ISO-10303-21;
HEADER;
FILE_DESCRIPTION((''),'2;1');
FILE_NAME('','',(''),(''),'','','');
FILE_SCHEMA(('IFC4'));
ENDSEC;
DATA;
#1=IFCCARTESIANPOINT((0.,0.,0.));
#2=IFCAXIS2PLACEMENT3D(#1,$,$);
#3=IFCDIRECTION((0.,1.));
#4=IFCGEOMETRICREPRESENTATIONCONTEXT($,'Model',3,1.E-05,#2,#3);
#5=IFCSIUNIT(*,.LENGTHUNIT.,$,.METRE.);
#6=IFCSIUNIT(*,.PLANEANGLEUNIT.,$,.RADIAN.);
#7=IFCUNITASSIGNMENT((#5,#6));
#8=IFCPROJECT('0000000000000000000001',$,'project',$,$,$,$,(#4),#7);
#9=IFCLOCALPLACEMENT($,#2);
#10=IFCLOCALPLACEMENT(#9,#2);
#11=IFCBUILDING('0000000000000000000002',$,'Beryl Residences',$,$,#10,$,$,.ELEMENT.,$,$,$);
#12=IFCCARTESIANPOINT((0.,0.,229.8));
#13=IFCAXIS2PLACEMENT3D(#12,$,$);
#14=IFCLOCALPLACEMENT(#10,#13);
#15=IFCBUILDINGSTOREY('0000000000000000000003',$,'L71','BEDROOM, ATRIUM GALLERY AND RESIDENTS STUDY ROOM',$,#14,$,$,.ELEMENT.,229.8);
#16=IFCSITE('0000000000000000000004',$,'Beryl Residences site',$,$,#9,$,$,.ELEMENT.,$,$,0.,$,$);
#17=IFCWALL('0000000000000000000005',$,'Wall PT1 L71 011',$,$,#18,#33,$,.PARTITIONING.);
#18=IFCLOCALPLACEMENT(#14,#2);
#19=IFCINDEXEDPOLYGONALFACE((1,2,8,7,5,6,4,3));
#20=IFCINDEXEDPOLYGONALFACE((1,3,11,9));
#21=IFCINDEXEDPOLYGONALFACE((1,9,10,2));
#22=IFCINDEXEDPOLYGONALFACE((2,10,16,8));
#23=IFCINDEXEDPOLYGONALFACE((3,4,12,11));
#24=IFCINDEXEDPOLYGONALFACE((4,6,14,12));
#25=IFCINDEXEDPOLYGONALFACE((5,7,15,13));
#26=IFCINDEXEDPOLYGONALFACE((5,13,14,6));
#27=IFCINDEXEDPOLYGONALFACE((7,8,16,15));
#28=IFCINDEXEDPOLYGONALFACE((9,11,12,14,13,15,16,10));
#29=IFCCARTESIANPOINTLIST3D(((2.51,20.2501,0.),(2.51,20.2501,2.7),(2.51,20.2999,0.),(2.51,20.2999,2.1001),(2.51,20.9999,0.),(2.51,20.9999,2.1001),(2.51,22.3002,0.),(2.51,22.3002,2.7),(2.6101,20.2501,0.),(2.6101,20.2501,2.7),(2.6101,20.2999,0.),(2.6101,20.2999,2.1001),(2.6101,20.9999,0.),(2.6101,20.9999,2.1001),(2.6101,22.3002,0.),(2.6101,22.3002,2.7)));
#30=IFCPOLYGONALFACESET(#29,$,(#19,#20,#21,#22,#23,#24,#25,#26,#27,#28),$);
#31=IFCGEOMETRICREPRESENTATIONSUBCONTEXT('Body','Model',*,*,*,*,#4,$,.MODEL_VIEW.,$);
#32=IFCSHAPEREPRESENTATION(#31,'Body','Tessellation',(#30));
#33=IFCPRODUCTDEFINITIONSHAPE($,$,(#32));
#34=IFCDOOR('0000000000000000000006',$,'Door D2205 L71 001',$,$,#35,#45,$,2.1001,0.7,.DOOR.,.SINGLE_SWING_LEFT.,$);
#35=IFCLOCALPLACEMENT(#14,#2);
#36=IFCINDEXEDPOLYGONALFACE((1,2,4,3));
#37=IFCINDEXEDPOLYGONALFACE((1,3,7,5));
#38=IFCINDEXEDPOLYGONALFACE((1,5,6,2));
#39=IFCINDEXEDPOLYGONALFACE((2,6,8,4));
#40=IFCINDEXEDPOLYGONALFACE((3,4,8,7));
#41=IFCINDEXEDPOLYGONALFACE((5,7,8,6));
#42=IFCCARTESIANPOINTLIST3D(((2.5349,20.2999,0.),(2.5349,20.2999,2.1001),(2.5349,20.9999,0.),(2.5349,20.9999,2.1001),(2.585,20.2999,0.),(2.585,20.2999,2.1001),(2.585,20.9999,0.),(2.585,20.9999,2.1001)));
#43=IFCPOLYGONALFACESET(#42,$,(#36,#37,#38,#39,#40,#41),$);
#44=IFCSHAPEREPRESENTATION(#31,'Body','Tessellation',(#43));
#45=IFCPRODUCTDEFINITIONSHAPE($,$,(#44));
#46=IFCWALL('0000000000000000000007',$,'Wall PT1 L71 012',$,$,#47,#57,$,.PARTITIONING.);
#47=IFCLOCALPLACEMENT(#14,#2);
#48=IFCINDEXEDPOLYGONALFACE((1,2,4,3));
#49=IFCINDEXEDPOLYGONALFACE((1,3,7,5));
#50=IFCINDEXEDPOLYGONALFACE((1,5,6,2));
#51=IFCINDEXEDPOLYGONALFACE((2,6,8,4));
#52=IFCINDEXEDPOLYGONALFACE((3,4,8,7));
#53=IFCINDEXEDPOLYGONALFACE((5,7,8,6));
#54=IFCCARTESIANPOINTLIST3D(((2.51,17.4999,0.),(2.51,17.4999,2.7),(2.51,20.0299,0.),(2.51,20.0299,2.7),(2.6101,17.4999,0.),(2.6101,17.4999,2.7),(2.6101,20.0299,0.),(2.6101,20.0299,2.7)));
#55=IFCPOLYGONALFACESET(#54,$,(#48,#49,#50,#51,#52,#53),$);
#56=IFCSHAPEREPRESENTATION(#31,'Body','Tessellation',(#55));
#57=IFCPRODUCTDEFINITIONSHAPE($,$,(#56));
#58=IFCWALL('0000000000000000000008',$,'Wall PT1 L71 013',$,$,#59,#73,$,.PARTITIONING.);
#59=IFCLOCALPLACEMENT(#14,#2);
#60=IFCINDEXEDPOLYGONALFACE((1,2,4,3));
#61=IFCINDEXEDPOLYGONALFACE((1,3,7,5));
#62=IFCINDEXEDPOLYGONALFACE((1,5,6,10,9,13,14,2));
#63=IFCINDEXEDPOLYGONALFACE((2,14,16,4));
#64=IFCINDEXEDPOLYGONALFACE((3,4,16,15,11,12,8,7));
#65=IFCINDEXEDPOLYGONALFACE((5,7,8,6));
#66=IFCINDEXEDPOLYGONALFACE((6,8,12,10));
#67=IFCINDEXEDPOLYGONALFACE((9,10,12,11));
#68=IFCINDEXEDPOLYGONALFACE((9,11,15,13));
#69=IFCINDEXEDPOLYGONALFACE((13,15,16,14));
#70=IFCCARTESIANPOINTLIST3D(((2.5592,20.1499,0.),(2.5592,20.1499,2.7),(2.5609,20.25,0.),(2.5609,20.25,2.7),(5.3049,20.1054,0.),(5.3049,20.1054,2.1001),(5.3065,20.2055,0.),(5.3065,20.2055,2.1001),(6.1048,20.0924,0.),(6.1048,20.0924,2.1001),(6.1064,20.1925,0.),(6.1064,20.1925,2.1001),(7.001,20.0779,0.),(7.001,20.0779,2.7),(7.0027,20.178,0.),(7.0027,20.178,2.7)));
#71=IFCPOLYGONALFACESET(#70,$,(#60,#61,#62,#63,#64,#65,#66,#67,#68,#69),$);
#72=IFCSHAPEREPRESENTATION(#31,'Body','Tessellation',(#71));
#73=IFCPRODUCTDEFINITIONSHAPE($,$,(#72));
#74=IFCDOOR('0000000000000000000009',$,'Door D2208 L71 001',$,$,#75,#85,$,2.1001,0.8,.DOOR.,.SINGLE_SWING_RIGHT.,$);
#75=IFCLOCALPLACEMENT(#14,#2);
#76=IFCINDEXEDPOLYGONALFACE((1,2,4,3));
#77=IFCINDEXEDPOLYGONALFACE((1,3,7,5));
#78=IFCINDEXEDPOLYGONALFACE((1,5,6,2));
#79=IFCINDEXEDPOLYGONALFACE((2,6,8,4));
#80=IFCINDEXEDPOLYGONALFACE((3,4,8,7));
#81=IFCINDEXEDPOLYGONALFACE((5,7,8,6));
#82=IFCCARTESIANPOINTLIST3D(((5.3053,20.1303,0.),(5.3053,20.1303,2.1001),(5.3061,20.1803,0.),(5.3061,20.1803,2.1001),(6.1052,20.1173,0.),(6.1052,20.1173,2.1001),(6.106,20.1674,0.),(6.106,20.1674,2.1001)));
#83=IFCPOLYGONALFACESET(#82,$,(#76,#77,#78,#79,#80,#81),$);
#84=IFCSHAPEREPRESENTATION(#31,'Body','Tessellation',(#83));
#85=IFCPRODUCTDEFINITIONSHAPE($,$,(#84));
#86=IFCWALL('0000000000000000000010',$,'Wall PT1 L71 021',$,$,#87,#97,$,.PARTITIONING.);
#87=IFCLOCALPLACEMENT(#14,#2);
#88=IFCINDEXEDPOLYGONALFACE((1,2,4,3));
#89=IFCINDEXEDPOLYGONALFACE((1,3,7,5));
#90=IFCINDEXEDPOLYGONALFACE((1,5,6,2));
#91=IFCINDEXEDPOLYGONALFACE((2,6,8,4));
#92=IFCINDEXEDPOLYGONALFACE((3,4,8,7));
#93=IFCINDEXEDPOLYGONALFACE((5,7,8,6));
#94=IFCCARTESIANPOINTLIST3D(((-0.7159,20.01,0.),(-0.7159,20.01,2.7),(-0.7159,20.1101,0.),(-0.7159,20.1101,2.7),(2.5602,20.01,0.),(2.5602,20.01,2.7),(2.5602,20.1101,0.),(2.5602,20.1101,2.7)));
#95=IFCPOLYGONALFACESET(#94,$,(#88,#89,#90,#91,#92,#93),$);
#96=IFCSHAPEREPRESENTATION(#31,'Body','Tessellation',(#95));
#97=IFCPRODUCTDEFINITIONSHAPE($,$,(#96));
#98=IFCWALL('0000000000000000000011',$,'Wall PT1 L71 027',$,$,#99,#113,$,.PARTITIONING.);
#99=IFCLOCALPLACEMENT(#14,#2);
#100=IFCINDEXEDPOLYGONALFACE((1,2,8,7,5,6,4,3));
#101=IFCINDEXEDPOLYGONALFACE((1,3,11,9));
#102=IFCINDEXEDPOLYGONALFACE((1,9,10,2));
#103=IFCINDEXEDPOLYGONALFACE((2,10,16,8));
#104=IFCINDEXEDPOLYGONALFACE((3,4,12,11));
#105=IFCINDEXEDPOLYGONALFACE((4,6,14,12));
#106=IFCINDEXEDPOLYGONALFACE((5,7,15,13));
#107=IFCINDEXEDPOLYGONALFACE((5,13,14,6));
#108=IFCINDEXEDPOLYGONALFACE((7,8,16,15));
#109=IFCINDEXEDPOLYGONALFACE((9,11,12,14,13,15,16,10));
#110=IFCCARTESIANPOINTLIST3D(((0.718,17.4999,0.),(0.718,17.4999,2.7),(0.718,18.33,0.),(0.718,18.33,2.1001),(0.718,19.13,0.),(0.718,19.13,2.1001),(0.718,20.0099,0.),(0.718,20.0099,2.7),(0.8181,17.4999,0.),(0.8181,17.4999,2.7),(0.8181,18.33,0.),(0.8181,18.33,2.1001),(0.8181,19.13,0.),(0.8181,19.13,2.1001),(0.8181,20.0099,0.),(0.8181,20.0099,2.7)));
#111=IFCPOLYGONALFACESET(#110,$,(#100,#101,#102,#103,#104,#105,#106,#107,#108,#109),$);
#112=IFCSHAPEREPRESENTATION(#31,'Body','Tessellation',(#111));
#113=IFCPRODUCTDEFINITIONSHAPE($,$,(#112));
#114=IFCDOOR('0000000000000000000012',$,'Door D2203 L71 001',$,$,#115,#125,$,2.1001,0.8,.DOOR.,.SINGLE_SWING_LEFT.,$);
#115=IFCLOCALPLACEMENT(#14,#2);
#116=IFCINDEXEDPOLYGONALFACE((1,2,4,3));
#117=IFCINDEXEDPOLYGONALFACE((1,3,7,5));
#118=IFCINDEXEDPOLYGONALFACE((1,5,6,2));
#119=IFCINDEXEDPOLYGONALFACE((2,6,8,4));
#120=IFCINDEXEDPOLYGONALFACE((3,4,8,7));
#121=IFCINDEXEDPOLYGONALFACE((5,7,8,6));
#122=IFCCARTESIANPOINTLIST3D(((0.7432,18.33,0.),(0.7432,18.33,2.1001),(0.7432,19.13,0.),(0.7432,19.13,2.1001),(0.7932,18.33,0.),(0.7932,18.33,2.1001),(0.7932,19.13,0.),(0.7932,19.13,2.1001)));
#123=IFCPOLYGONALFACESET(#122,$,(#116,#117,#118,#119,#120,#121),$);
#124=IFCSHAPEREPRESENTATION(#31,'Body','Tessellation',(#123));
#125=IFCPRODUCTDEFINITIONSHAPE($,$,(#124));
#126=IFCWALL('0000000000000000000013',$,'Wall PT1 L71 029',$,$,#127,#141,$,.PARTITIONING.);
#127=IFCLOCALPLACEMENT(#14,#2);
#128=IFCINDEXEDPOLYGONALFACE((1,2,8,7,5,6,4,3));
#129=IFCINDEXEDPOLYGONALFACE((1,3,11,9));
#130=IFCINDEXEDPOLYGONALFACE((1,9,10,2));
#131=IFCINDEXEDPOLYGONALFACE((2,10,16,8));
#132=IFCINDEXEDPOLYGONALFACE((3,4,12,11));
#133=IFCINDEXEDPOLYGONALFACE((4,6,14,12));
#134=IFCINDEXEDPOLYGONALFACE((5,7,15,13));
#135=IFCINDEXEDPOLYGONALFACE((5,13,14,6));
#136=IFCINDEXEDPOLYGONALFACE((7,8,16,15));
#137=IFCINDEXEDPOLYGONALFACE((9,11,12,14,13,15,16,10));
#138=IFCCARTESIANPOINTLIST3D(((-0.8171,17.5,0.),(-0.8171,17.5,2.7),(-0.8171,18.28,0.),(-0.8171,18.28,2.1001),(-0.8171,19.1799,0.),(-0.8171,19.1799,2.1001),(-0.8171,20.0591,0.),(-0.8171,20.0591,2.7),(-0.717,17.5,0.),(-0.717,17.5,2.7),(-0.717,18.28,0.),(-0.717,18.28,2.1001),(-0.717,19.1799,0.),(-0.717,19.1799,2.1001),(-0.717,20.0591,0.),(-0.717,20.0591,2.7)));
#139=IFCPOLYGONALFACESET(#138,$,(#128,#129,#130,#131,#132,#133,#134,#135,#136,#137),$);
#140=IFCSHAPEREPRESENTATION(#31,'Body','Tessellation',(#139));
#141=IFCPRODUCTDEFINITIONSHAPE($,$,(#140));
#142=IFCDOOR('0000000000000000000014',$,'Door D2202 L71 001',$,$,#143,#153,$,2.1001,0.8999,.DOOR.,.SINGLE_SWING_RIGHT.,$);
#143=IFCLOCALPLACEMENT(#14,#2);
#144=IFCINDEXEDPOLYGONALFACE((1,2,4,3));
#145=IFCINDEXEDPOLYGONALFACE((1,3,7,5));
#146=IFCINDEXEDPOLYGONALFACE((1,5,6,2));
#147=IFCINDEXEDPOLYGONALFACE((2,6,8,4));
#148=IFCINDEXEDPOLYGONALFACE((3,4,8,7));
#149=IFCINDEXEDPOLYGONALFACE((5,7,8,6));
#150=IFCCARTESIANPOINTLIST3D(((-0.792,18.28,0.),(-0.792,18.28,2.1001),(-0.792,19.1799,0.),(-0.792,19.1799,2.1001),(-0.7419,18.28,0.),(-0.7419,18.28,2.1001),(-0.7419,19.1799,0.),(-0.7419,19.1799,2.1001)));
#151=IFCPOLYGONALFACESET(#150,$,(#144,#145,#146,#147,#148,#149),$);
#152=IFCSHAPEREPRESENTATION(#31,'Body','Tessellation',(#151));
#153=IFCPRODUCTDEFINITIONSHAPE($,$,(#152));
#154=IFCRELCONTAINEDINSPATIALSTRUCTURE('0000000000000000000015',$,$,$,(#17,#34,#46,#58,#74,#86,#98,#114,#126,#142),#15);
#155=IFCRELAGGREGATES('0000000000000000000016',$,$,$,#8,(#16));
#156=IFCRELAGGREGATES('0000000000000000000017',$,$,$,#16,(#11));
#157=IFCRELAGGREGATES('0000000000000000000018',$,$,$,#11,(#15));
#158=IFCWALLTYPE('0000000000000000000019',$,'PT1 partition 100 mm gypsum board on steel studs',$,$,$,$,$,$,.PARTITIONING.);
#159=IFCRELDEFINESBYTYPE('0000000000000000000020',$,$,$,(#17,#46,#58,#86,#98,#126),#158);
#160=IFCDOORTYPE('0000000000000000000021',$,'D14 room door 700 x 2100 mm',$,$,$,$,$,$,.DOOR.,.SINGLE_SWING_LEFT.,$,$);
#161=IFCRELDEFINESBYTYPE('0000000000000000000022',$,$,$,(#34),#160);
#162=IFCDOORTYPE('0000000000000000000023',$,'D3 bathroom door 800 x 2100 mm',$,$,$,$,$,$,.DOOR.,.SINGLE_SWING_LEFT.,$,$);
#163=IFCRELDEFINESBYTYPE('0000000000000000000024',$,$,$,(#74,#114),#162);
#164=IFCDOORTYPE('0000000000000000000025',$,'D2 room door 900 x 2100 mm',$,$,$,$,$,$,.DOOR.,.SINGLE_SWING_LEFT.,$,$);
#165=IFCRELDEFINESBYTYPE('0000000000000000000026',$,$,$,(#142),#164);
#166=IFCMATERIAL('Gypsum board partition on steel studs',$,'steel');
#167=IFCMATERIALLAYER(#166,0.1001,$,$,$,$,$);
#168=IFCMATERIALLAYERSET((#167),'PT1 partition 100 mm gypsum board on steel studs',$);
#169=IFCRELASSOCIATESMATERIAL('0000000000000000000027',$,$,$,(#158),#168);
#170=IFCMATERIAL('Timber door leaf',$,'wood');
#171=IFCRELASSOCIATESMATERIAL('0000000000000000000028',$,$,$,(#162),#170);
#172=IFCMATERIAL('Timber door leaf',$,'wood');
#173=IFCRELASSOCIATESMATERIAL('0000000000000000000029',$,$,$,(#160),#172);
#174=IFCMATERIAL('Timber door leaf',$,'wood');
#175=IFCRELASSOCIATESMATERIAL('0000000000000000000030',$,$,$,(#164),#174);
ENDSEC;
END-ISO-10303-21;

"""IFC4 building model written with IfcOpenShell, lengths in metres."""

from ifc_helpers import new_model, si_unit, direction, frame, frame_2d, origin, place, context, subcontext, project, spatial, rectangle, extrude, material, layer, layer_set, type_object, element, fill, save


model = new_model("IFC4")

# Units and contexts
model_context = context("Model", 3, precision=1e-05, world=origin(), true_north=direction((0.0, 1.0)))
body_context = subcontext(model_context, "Body", "Model", "MODEL_VIEW")
ifc_project = project(units=[si_unit("LENGTHUNIT", "METRE"), si_unit("PLANEANGLEUNIT", "RADIAN")], contexts=[model_context])

# Site, building, storey
site_placement = place(None, origin())
site = spatial("IfcSite", under=ifc_project, at=site_placement, Name="Beryl Residences site", CompositionType="ELEMENT", RefElevation=0.0)
building_placement = place(site_placement, origin())
building = spatial("IfcBuilding", under=site, at=building_placement, Name="Beryl Residences", CompositionType="ELEMENT")
storey_placement = place(building_placement, frame((0.0, 0.0, 229.8)))
storey = spatial("IfcBuildingStorey", under=building, at=storey_placement, Name="L71", Description="BEDROOM, ATRIUM GALLERY AND RESIDENTS STUDY ROOM", CompositionType="ELEMENT", Elevation=229.8)

# Shared definitions
ifc_material_1 = material(Name="Gypsum board partition on steel studs", Category="steel")
ifc_layer_1 = layer(ifc_material_1, 0.1001)
ifc_layer_set_1 = layer_set([ifc_layer_1], Name="PT1 partition 100 mm gypsum board on steel studs")
wall_type_1 = type_object("IfcWallType", Name="PT1 partition 100 mm gypsum board on steel studs", PredefinedType="PARTITIONING", material=ifc_layer_set_1)

# Wall, opening, door
ifc_material_2 = material(Name="Timber door leaf", Category="wood")
door_type_1 = type_object("IfcDoorType", Name="D3 bathroom door 800 x 2100 mm", OperationType="SINGLE_SWING_LEFT", PredefinedType="DOOR", material=ifc_material_2)
wall_1_placement = place(storey_placement, frame((2.5601, 22.3, 0.0), z_axis=(0.0, 0.0, 1.0), x_axis=(0.0, -1.0, 0.0)))
wall_1 = element("IfcWall", 1, at=wall_1_placement, inside=storey, type_object=wall_type_1, Name="Wall PT1 L71 011", PredefinedType="PARTITIONING", context=body_context, shape_type="SweptSolid", body=[
    extrude(rectangle(XDim=2.05, YDim=0.1001, at=frame_2d((1.0249, 0.0))), origin(), (0.0, 0.0, 1.0), 2.7),
])
opening_1_placement = place(wall_1_placement, frame((1.3, 0.0, 0.0)))
opening_1 = element("IfcOpeningElement", 2, at=opening_1_placement, cuts=wall_1, PredefinedType="OPENING", context=body_context, shape_type="SweptSolid", body=[
    extrude(rectangle(XDim=0.7, YDim=2.1001, at=frame_2d((0.3501, 1.05))), frame((0.0, 0.0601, 0.0), z_axis=(0.0, -1.0, 0.0), x_axis=(1.0, 0.0, 0.0)), (0.0, 0.0, 1.0), 0.1201),
])
ifc_material_3 = material(Name="Timber door leaf", Category="wood")
door_type_2 = type_object("IfcDoorType", Name="D14 room door 700 x 2100 mm", OperationType="SINGLE_SWING_LEFT", PredefinedType="DOOR", material=ifc_material_3)
door_1_placement = place(opening_1_placement, origin())
door_1 = element("IfcDoor", 3, at=door_1_placement, inside=storey, type_object=door_type_2, Name="Door D2205 L71 001", OperationType="SINGLE_SWING_LEFT", OverallHeight=2.1001, OverallWidth=0.7, PredefinedType="DOOR", context=body_context, shape_type="SweptSolid", body=[
    extrude(rectangle(XDim=0.7, YDim=2.1001, at=frame_2d((0.3501, 1.05))), frame((0.0, 0.0249, 0.0), z_axis=(0.0, -1.0, 0.0), x_axis=(1.0, 0.0, 0.0)), (0.0, 0.0, 1.0), 0.05),
])
fill(opening_1, door_1)

# Wall
wall_2_placement = place(storey_placement, frame((2.5601, 20.03, 0.0), z_axis=(0.0, 0.0, 1.0), x_axis=(0.0, -1.0, 0.0)))
element("IfcWall", 4, at=wall_2_placement, inside=storey, type_object=wall_type_1, Name="Wall PT1 L71 012", PredefinedType="PARTITIONING", context=body_context, shape_type="SweptSolid", body=[
    extrude(rectangle(XDim=2.53, YDim=0.1001, at=frame_2d((1.2651, 0.0))), origin(), (0.0, 0.0, 1.0), 2.7),
])

# Wall, opening, door
wall_3_placement = place(storey_placement, frame((2.5601, 20.2, 0.0), z_axis=(0.0, 0.0, 1.0), x_axis=(0.999869, -0.016212, 0.0)))
wall_3 = element("IfcWall", 5, at=wall_3_placement, inside=storey, type_object=wall_type_1, Name="Wall PT1 L71 013", PredefinedType="PARTITIONING", context=body_context, shape_type="SweptSolid", body=[
    extrude(rectangle(XDim=4.4424, YDim=0.1001, at=frame_2d((2.2212, 0.0))), origin(), (0.0, 0.0, 1.0), 2.7),
])
opening_2_placement = place(wall_3_placement, frame((2.7461, 0.0, 0.0)))
opening_2 = element("IfcOpeningElement", 6, at=opening_2_placement, cuts=wall_3, PredefinedType="OPENING", context=body_context, shape_type="SweptSolid", body=[
    extrude(rectangle(XDim=0.8, YDim=2.1001, at=frame_2d((0.3999, 1.05))), frame((0.0, 0.0601, 0.0), z_axis=(0.0, -1.0, 0.0), x_axis=(1.0, 0.0, 0.0)), (0.0, 0.0, 1.0), 0.1201),
])
door_2_placement = place(opening_2_placement, origin())
door_2 = element("IfcDoor", 7, at=door_2_placement, inside=storey, type_object=door_type_1, Name="Door D2208 L71 001", OperationType="SINGLE_SWING_RIGHT", OverallHeight=2.1001, OverallWidth=0.8, PredefinedType="DOOR", context=body_context, shape_type="SweptSolid", body=[
    extrude(rectangle(XDim=0.8, YDim=2.1001, at=frame_2d((0.3999, 1.05))), frame((0.0, 0.0249, 0.0), z_axis=(0.0, -1.0, 0.0), x_axis=(1.0, 0.0, 0.0)), (0.0, 0.0, 1.0), 0.05),
])
fill(opening_2, door_2)

# Wall
wall_4_placement = place(storey_placement, frame((-0.7161, 20.0601, 0.0), z_axis=(0.0, 0.0, 1.0), x_axis=(1.0, 0.0, 0.0)))
element("IfcWall", 8, at=wall_4_placement, inside=storey, type_object=wall_type_1, Name="Wall PT1 L71 021", PredefinedType="PARTITIONING", context=body_context, shape_type="SweptSolid", body=[
    extrude(rectangle(XDim=3.2761, YDim=0.1001, at=frame_2d((1.6382, 0.0))), origin(), (0.0, 0.0, 1.0), 2.7),
])

# Walls, openings, doors
wall_5_placement = place(storey_placement, frame((0.7681, 17.5, 0.0), z_axis=(0.0, 0.0, 1.0), x_axis=(0.0, 1.0, 0.0)))
wall_5 = element("IfcWall", 9, at=wall_5_placement, inside=storey, type_object=wall_type_1, Name="Wall PT1 L71 027", PredefinedType="PARTITIONING", context=body_context, shape_type="SweptSolid", body=[
    extrude(rectangle(XDim=2.51, YDim=0.1001, at=frame_2d((1.2549, 0.0))), origin(), (0.0, 0.0, 1.0), 2.7),
])
opening_3_placement = place(wall_5_placement, frame((0.8301, 0.0, 0.0)))
opening_3 = element("IfcOpeningElement", 10, at=opening_3_placement, cuts=wall_5, PredefinedType="OPENING", context=body_context, shape_type="SweptSolid", body=[
    extrude(rectangle(XDim=0.8, YDim=2.1001, at=frame_2d((0.3999, 1.05))), frame((0.0, 0.0601, 0.0), z_axis=(0.0, -1.0, 0.0), x_axis=(1.0, 0.0, 0.0)), (0.0, 0.0, 1.0), 0.1201),
])
door_3_placement = place(opening_3_placement, origin())
door_3 = element("IfcDoor", 11, at=door_3_placement, inside=storey, type_object=door_type_1, Name="Door D2203 L71 001", OperationType="SINGLE_SWING_LEFT", OverallHeight=2.1001, OverallWidth=0.8, PredefinedType="DOOR", context=body_context, shape_type="SweptSolid", body=[
    extrude(rectangle(XDim=0.8, YDim=2.1001, at=frame_2d((0.3999, 1.05))), frame((0.0, 0.0249, 0.0), z_axis=(0.0, -1.0, 0.0), x_axis=(1.0, 0.0, 0.0)), (0.0, 0.0, 1.0), 0.05),
])
fill(opening_3, door_3)
wall_6_placement = place(storey_placement, frame((-0.7671, 17.5, 0.0), z_axis=(0.0, 0.0, 1.0), x_axis=(0.0, 1.0, 0.0)))
wall_6 = element("IfcWall", 12, at=wall_6_placement, inside=storey, type_object=wall_type_1, Name="Wall PT1 L71 029", PredefinedType="PARTITIONING", context=body_context, shape_type="SweptSolid", body=[
    extrude(rectangle(XDim=2.5591, YDim=0.1001, at=frame_2d((1.2795, 0.0))), origin(), (0.0, 0.0, 1.0), 2.7),
])
opening_4_placement = place(wall_6_placement, frame((0.78, 0.0, 0.0)))
opening_4 = element("IfcOpeningElement", 13, at=opening_4_placement, cuts=wall_6, PredefinedType="OPENING", context=body_context, shape_type="SweptSolid", body=[
    extrude(rectangle(XDim=0.8999, YDim=2.1001, at=frame_2d((0.45, 1.05))), frame((0.0, 0.0601, 0.0), z_axis=(0.0, -1.0, 0.0), x_axis=(1.0, 0.0, 0.0)), (0.0, 0.0, 1.0), 0.1201),
])
ifc_material_4 = material(Name="Timber door leaf", Category="wood")
door_type_3 = type_object("IfcDoorType", Name="D2 room door 900 x 2100 mm", OperationType="SINGLE_SWING_LEFT", PredefinedType="DOOR", material=ifc_material_4)
door_4_placement = place(opening_4_placement, origin())
door_4 = element("IfcDoor", 14, at=door_4_placement, inside=storey, type_object=door_type_3, Name="Door D2202 L71 001", OperationType="SINGLE_SWING_RIGHT", OverallHeight=2.1001, OverallWidth=0.8999, PredefinedType="DOOR", context=body_context, shape_type="SweptSolid", body=[
    extrude(rectangle(XDim=0.8999, YDim=2.1001, at=frame_2d((0.45, 1.05))), frame((0.0, 0.0249, 0.0), z_axis=(0.0, -1.0, 0.0), x_axis=(1.0, 0.0, 0.0)), (0.0, 0.0, 1.0), 0.05),
])
fill(opening_4, door_4)

save(model, "model.ifc")
